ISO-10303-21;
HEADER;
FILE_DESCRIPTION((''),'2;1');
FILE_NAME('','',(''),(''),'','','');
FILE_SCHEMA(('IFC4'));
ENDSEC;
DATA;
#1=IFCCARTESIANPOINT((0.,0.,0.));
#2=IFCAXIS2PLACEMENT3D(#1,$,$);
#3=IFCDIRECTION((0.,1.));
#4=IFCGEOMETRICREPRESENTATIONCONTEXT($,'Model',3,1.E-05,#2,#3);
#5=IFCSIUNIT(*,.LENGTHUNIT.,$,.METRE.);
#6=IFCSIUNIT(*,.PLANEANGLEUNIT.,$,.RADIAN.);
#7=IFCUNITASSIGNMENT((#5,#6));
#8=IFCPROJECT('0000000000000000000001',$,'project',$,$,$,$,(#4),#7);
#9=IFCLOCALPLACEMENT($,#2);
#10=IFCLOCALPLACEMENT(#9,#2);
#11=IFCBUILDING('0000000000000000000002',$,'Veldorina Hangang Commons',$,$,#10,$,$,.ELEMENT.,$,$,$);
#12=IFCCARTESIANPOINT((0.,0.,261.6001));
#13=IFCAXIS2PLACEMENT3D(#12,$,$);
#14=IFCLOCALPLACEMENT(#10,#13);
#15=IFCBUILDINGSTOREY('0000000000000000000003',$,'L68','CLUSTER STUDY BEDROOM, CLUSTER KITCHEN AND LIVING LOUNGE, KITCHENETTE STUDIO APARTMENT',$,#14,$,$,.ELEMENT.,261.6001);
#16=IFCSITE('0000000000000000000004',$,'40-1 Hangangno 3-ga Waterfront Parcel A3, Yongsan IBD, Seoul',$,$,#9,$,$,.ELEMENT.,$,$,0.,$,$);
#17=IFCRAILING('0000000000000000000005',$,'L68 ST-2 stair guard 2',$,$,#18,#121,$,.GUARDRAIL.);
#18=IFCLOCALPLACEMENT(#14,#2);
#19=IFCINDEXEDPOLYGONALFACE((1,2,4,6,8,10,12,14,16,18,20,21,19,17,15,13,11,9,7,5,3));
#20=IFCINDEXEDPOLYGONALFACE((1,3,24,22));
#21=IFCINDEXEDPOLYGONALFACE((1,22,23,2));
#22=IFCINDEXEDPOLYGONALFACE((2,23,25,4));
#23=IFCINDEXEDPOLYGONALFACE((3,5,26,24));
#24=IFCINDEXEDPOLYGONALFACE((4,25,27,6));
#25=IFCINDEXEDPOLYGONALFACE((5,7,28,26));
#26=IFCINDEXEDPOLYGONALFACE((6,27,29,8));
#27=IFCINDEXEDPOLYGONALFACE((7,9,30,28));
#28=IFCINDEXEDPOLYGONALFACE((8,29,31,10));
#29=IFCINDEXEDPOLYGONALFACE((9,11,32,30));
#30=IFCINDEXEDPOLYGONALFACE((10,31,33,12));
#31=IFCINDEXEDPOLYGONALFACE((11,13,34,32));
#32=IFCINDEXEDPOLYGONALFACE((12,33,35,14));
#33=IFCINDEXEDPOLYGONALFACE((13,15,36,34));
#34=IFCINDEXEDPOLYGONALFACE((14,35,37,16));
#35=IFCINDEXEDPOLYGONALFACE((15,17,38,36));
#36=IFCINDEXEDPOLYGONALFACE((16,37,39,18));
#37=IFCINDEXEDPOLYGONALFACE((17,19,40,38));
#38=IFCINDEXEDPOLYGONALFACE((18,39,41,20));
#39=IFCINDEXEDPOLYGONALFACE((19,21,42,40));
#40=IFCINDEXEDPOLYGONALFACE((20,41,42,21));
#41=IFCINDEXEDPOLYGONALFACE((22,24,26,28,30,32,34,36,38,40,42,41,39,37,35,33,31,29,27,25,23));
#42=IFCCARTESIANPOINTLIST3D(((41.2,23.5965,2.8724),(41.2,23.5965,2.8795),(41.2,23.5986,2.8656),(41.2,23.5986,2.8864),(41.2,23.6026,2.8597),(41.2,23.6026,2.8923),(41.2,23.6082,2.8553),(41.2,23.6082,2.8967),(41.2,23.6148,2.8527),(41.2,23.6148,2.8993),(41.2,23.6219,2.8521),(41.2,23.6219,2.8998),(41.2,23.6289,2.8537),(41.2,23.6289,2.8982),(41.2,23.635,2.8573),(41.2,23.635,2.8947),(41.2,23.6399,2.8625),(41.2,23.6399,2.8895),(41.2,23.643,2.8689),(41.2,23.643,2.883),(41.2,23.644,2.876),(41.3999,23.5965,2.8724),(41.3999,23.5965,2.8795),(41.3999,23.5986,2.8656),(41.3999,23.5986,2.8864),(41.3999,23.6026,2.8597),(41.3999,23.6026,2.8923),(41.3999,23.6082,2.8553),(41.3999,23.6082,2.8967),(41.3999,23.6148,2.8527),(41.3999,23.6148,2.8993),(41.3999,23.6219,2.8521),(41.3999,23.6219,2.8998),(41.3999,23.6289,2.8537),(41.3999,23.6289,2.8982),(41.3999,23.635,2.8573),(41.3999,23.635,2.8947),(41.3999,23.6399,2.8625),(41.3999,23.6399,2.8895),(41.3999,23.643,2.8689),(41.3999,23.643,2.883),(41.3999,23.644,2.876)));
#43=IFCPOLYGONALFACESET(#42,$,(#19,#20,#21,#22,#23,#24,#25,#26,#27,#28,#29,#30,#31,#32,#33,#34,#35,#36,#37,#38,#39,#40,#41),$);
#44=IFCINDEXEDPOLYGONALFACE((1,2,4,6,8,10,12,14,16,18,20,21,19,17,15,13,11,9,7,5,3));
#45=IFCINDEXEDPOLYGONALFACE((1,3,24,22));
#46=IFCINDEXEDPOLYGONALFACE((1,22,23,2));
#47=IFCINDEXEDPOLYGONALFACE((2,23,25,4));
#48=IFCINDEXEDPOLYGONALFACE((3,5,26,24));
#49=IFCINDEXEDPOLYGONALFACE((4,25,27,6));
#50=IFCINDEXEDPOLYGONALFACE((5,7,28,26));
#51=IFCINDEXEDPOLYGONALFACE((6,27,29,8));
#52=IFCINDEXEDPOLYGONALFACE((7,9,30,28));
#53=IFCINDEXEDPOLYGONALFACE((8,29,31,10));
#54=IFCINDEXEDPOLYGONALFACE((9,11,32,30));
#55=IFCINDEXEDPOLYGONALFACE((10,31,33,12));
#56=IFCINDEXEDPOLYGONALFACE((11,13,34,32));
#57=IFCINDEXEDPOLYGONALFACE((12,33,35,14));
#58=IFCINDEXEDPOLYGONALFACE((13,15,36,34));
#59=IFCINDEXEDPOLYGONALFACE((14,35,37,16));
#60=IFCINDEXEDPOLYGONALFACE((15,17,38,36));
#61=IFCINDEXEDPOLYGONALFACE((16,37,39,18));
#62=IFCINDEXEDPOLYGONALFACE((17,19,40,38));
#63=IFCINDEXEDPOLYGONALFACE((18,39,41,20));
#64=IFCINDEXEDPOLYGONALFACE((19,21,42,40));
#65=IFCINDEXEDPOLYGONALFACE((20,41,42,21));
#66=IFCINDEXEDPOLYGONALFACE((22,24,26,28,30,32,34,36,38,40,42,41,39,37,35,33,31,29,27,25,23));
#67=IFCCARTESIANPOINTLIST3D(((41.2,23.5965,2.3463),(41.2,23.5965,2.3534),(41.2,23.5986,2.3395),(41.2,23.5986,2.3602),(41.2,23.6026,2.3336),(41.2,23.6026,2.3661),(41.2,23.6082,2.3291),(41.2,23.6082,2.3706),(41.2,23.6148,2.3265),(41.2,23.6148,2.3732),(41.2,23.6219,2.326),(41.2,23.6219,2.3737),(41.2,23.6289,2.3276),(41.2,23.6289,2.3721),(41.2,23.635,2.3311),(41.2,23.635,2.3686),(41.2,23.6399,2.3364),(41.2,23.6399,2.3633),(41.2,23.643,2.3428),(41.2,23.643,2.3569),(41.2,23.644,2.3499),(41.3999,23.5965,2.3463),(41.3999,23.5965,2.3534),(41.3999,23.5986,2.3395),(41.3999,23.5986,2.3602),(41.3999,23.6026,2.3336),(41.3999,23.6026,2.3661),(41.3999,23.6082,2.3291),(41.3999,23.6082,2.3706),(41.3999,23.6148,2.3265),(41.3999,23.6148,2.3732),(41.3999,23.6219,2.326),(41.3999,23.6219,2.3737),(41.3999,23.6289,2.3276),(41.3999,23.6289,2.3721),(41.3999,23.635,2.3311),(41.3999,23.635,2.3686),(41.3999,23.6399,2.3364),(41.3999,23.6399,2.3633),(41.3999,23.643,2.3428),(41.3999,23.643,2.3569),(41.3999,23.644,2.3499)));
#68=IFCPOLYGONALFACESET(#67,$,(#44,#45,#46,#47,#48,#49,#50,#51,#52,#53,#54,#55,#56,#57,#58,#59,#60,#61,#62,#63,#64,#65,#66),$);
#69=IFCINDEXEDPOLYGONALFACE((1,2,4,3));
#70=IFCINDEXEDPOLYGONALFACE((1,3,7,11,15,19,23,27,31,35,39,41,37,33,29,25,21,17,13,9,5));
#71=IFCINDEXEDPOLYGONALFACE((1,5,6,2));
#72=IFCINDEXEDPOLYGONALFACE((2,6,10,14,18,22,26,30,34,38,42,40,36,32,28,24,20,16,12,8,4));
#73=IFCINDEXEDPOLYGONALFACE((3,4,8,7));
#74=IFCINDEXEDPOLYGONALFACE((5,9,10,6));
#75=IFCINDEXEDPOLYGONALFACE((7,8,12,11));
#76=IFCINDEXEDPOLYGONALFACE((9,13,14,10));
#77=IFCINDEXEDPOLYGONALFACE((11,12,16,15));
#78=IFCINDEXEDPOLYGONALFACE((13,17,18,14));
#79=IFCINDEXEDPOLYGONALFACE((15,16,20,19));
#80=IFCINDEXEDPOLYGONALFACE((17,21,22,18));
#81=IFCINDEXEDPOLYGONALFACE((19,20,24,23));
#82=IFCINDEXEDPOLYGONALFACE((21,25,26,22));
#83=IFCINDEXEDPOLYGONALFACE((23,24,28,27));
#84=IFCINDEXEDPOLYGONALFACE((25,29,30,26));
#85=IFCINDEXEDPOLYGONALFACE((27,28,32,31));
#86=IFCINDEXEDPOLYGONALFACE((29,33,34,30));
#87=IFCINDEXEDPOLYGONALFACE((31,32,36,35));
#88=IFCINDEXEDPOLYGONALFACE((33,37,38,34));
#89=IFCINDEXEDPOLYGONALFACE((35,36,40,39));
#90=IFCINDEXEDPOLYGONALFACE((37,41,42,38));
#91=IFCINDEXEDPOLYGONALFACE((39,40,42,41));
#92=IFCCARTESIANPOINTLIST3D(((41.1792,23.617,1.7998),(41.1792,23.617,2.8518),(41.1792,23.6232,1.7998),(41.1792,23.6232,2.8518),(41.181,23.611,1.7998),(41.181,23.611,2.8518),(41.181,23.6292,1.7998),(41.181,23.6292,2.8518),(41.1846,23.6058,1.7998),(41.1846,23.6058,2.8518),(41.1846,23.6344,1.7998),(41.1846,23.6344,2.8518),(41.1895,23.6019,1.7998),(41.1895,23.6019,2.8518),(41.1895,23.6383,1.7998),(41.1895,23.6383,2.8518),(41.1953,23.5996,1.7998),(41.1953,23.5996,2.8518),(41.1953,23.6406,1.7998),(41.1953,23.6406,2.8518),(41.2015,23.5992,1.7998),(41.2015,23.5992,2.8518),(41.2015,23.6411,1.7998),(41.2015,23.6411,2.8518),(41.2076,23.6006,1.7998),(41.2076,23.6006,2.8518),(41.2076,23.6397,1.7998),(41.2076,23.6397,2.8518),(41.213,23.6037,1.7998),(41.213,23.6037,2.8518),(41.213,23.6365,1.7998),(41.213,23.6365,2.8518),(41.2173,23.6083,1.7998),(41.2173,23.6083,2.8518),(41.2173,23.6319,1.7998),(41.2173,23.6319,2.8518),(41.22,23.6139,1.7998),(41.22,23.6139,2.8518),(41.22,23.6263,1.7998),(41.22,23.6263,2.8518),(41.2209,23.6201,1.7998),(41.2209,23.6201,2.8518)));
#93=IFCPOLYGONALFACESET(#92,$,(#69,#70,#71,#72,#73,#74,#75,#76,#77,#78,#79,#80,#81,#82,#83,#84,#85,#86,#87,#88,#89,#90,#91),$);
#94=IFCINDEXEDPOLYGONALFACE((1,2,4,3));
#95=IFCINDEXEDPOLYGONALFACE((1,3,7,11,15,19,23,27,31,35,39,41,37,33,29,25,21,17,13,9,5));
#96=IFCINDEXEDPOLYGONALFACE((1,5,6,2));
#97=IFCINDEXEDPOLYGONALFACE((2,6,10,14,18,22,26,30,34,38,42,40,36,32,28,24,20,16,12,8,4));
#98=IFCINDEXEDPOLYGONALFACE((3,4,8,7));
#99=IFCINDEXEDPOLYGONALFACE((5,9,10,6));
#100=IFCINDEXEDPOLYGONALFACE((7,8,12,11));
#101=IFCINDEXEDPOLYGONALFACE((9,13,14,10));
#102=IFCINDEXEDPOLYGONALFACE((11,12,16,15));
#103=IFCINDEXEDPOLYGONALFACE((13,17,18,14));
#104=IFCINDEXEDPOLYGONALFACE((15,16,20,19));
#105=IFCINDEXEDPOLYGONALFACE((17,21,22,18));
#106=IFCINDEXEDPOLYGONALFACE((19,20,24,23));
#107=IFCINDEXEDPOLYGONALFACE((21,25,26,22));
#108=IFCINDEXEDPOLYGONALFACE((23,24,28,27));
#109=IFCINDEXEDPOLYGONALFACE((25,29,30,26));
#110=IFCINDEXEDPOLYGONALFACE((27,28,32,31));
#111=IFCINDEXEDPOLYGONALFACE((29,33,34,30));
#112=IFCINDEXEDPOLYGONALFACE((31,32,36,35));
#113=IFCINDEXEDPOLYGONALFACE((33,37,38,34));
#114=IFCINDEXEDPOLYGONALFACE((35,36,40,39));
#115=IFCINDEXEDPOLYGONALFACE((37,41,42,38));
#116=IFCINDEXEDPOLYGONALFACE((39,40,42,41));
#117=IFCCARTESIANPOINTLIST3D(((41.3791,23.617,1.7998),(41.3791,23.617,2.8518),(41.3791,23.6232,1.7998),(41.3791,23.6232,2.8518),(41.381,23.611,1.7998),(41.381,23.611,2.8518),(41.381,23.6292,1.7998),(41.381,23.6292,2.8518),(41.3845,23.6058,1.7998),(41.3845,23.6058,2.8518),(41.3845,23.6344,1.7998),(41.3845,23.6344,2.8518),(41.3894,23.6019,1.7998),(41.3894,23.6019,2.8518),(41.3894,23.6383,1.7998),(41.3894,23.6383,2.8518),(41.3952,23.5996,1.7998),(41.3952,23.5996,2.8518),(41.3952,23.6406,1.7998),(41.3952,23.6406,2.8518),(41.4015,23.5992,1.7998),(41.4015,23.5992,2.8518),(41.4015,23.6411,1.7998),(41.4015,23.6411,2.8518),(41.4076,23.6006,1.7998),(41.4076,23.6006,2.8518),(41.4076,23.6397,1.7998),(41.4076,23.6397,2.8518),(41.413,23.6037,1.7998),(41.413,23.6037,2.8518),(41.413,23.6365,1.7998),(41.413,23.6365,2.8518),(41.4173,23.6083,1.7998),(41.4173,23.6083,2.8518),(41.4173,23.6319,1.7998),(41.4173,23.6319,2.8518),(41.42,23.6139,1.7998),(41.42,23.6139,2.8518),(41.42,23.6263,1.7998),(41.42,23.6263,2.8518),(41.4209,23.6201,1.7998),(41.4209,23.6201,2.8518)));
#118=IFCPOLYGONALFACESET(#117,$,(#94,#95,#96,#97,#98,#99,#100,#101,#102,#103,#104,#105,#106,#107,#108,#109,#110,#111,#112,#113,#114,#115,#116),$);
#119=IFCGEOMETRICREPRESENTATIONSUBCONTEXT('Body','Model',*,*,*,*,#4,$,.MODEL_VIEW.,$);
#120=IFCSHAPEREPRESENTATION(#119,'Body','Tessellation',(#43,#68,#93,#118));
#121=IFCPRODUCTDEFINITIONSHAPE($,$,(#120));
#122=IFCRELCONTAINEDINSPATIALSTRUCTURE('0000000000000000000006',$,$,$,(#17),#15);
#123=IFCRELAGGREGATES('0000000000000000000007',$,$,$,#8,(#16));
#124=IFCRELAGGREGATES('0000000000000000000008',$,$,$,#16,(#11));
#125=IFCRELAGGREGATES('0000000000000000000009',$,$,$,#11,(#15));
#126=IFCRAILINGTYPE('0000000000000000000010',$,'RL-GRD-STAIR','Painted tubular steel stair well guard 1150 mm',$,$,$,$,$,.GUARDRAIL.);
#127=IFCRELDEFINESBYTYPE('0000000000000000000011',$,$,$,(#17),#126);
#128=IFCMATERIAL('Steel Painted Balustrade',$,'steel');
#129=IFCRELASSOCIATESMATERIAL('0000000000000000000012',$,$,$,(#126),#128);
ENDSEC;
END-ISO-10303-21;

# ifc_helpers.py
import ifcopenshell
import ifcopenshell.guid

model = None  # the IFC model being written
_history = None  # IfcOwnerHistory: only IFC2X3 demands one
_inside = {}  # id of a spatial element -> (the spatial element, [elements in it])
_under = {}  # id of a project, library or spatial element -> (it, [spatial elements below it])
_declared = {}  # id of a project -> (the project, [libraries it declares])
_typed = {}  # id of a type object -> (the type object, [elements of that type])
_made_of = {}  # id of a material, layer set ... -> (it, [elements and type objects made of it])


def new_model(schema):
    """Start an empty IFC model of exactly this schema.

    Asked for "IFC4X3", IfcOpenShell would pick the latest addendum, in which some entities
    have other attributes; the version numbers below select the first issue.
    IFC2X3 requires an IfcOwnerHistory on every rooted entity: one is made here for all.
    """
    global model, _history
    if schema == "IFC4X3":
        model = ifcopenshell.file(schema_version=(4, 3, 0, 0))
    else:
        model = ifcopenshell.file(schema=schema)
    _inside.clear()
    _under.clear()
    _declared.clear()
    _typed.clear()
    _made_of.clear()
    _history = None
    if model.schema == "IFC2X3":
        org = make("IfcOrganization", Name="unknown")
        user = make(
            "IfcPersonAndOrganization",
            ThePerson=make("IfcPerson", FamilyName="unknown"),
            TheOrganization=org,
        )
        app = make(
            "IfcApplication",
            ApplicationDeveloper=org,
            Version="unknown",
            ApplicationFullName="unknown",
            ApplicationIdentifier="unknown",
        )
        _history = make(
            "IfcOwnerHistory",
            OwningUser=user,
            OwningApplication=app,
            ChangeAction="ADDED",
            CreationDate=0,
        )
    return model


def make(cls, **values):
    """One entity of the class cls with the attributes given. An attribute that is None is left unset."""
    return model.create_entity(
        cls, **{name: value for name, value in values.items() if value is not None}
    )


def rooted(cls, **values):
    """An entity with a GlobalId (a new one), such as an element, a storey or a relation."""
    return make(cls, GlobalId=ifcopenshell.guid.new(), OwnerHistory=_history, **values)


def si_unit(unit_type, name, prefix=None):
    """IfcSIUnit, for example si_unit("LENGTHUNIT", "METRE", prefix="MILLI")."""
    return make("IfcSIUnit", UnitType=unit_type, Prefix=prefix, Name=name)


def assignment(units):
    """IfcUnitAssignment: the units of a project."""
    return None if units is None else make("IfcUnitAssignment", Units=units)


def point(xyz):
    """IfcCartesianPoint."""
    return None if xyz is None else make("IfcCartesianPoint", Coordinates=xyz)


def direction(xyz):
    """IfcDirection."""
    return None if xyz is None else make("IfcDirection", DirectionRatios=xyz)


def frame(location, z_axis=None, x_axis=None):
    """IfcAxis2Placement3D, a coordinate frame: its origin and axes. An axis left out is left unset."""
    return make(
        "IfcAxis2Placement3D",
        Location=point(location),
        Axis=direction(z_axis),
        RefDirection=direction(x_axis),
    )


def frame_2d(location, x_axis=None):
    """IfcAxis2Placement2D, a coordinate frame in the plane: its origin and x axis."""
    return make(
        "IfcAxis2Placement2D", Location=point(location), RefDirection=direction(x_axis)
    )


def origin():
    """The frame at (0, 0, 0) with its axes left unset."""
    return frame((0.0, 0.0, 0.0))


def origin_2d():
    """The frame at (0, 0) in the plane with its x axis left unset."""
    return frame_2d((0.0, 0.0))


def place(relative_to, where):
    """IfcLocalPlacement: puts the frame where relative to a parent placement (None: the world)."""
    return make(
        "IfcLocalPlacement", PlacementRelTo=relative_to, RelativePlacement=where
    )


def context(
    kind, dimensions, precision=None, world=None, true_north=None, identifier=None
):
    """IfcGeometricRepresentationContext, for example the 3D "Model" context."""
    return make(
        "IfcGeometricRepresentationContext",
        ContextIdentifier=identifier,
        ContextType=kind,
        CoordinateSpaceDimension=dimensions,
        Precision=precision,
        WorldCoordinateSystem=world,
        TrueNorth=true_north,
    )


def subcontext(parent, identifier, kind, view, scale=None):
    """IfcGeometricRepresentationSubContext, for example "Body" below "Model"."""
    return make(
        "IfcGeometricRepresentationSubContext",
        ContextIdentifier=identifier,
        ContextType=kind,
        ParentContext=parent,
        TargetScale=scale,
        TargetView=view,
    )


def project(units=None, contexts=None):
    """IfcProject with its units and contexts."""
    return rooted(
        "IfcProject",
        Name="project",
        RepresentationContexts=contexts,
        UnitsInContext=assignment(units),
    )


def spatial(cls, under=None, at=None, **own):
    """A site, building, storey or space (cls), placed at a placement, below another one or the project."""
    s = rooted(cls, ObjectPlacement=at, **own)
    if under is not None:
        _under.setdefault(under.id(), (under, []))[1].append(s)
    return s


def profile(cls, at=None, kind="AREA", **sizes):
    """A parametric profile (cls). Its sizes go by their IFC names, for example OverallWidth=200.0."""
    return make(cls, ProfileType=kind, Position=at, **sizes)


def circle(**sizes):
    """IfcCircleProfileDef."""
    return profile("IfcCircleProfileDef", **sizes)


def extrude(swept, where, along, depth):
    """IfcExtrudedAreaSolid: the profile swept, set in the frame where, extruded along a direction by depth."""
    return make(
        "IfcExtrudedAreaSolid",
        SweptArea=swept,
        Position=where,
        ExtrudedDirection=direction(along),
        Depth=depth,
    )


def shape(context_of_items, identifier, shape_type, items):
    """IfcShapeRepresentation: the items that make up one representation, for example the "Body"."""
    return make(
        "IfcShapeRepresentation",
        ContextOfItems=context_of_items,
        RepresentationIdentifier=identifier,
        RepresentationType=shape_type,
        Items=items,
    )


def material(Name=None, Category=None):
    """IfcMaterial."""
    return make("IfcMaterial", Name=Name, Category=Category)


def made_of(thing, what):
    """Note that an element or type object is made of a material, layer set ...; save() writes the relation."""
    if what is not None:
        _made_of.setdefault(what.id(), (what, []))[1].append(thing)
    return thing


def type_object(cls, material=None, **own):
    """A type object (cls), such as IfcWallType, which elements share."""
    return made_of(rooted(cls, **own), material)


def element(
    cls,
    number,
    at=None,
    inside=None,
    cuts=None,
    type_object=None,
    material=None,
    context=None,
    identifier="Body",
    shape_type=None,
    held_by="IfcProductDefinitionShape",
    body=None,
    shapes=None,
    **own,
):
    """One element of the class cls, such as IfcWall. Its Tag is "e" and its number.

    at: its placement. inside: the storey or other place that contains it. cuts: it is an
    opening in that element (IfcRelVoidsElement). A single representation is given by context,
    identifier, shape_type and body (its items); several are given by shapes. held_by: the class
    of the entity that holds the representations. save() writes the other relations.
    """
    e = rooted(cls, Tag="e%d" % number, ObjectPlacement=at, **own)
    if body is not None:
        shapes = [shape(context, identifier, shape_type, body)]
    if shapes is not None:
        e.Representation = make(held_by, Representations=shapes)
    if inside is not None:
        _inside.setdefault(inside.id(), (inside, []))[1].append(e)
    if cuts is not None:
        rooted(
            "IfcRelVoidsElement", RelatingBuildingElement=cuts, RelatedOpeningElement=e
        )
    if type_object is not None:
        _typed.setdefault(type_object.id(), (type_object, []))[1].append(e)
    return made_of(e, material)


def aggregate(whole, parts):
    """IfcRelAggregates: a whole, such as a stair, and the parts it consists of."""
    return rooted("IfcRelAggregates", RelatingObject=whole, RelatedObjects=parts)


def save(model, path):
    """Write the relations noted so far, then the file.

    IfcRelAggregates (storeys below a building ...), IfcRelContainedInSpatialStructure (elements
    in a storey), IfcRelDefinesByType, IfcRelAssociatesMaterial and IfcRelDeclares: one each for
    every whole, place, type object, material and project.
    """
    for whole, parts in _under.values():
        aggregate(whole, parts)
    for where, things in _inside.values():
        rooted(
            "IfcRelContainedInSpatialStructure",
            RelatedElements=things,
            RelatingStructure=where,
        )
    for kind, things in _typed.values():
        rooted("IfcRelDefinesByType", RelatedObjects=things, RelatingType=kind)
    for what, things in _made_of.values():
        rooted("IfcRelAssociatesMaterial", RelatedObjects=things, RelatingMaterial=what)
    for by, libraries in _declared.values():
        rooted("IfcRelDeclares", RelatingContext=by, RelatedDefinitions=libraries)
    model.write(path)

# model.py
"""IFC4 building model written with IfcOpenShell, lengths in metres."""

from ifc_helpers import new_model, si_unit, direction, frame, origin, origin_2d, place, context, subcontext, project, spatial, circle, extrude, material, type_object, element, save


model = new_model("IFC4")

# Units and contexts
model_context = context("Model", 3, precision=1e-05, world=origin(), true_north=direction((0.0, 1.0)))
body_context = subcontext(model_context, "Body", "Model", "MODEL_VIEW")
ifc_project = project(units=[si_unit("LENGTHUNIT", "METRE"), si_unit("PLANEANGLEUNIT", "RADIAN")], contexts=[model_context])

# Site, building, storey
site_placement = place(None, origin())
site = spatial("IfcSite", under=ifc_project, at=site_placement, Name="40-1 Hangangno 3-ga Waterfront Parcel A3, Yongsan IBD, Seoul", CompositionType="ELEMENT", RefElevation=0.0)
building_placement = place(site_placement, origin())
building = spatial("IfcBuilding", under=site, at=building_placement, Name="Veldorina Hangang Commons", CompositionType="ELEMENT")
storey_placement = place(building_placement, frame((0.0, 0.0, 261.6001)))
storey = spatial("IfcBuildingStorey", under=building, at=storey_placement, Name="L68", Description="CLUSTER STUDY BEDROOM, CLUSTER KITCHEN AND LIVING LOUNGE, KITCHENETTE STUDIO APARTMENT", CompositionType="ELEMENT", Elevation=261.6001)

# Railing
ifc_material_1 = material(Name="Steel Painted Balustrade", Category="steel")
railing_type_1 = type_object("IfcRailingType", Name="RL-GRD-STAIR", Description="Painted tubular steel stair well guard 1150 mm", PredefinedType="GUARDRAIL", material=ifc_material_1)
railing_1_placement = place(storey_placement, frame((41.2, 23.6201, 1.7998)))
element("IfcRailing", 1, at=railing_1_placement, inside=storey, type_object=railing_type_1, Name="L68 ST-2 stair guard 2", PredefinedType="GUARDRAIL", context=body_context, shape_type="SweptSolid", body=[
    extrude(circle(Radius=0.0239, at=origin_2d()), frame((0.0, 0.0, 1.0762), z_axis=(1.0, 0.0, 0.0), x_axis=(0.0, 1.0, 0.0)), (0.0, 0.0, 1.0), 0.2),
    extrude(circle(Radius=0.0239, at=origin_2d()), frame((0.0, 0.0, 0.55), z_axis=(1.0, 0.0, 0.0), x_axis=(0.0, 1.0, 0.0)), (0.0, 0.0, 1.0), 0.2),
    extrude(circle(Radius=0.021, at=origin_2d()), origin(), (0.0, 0.0, 1.0), 1.052),
    extrude(circle(Radius=0.021, at=origin_2d()), frame((0.2, 0.0, 0.0)), (0.0, 0.0, 1.0), 1.052),
])

save(model, "model.ifc")
